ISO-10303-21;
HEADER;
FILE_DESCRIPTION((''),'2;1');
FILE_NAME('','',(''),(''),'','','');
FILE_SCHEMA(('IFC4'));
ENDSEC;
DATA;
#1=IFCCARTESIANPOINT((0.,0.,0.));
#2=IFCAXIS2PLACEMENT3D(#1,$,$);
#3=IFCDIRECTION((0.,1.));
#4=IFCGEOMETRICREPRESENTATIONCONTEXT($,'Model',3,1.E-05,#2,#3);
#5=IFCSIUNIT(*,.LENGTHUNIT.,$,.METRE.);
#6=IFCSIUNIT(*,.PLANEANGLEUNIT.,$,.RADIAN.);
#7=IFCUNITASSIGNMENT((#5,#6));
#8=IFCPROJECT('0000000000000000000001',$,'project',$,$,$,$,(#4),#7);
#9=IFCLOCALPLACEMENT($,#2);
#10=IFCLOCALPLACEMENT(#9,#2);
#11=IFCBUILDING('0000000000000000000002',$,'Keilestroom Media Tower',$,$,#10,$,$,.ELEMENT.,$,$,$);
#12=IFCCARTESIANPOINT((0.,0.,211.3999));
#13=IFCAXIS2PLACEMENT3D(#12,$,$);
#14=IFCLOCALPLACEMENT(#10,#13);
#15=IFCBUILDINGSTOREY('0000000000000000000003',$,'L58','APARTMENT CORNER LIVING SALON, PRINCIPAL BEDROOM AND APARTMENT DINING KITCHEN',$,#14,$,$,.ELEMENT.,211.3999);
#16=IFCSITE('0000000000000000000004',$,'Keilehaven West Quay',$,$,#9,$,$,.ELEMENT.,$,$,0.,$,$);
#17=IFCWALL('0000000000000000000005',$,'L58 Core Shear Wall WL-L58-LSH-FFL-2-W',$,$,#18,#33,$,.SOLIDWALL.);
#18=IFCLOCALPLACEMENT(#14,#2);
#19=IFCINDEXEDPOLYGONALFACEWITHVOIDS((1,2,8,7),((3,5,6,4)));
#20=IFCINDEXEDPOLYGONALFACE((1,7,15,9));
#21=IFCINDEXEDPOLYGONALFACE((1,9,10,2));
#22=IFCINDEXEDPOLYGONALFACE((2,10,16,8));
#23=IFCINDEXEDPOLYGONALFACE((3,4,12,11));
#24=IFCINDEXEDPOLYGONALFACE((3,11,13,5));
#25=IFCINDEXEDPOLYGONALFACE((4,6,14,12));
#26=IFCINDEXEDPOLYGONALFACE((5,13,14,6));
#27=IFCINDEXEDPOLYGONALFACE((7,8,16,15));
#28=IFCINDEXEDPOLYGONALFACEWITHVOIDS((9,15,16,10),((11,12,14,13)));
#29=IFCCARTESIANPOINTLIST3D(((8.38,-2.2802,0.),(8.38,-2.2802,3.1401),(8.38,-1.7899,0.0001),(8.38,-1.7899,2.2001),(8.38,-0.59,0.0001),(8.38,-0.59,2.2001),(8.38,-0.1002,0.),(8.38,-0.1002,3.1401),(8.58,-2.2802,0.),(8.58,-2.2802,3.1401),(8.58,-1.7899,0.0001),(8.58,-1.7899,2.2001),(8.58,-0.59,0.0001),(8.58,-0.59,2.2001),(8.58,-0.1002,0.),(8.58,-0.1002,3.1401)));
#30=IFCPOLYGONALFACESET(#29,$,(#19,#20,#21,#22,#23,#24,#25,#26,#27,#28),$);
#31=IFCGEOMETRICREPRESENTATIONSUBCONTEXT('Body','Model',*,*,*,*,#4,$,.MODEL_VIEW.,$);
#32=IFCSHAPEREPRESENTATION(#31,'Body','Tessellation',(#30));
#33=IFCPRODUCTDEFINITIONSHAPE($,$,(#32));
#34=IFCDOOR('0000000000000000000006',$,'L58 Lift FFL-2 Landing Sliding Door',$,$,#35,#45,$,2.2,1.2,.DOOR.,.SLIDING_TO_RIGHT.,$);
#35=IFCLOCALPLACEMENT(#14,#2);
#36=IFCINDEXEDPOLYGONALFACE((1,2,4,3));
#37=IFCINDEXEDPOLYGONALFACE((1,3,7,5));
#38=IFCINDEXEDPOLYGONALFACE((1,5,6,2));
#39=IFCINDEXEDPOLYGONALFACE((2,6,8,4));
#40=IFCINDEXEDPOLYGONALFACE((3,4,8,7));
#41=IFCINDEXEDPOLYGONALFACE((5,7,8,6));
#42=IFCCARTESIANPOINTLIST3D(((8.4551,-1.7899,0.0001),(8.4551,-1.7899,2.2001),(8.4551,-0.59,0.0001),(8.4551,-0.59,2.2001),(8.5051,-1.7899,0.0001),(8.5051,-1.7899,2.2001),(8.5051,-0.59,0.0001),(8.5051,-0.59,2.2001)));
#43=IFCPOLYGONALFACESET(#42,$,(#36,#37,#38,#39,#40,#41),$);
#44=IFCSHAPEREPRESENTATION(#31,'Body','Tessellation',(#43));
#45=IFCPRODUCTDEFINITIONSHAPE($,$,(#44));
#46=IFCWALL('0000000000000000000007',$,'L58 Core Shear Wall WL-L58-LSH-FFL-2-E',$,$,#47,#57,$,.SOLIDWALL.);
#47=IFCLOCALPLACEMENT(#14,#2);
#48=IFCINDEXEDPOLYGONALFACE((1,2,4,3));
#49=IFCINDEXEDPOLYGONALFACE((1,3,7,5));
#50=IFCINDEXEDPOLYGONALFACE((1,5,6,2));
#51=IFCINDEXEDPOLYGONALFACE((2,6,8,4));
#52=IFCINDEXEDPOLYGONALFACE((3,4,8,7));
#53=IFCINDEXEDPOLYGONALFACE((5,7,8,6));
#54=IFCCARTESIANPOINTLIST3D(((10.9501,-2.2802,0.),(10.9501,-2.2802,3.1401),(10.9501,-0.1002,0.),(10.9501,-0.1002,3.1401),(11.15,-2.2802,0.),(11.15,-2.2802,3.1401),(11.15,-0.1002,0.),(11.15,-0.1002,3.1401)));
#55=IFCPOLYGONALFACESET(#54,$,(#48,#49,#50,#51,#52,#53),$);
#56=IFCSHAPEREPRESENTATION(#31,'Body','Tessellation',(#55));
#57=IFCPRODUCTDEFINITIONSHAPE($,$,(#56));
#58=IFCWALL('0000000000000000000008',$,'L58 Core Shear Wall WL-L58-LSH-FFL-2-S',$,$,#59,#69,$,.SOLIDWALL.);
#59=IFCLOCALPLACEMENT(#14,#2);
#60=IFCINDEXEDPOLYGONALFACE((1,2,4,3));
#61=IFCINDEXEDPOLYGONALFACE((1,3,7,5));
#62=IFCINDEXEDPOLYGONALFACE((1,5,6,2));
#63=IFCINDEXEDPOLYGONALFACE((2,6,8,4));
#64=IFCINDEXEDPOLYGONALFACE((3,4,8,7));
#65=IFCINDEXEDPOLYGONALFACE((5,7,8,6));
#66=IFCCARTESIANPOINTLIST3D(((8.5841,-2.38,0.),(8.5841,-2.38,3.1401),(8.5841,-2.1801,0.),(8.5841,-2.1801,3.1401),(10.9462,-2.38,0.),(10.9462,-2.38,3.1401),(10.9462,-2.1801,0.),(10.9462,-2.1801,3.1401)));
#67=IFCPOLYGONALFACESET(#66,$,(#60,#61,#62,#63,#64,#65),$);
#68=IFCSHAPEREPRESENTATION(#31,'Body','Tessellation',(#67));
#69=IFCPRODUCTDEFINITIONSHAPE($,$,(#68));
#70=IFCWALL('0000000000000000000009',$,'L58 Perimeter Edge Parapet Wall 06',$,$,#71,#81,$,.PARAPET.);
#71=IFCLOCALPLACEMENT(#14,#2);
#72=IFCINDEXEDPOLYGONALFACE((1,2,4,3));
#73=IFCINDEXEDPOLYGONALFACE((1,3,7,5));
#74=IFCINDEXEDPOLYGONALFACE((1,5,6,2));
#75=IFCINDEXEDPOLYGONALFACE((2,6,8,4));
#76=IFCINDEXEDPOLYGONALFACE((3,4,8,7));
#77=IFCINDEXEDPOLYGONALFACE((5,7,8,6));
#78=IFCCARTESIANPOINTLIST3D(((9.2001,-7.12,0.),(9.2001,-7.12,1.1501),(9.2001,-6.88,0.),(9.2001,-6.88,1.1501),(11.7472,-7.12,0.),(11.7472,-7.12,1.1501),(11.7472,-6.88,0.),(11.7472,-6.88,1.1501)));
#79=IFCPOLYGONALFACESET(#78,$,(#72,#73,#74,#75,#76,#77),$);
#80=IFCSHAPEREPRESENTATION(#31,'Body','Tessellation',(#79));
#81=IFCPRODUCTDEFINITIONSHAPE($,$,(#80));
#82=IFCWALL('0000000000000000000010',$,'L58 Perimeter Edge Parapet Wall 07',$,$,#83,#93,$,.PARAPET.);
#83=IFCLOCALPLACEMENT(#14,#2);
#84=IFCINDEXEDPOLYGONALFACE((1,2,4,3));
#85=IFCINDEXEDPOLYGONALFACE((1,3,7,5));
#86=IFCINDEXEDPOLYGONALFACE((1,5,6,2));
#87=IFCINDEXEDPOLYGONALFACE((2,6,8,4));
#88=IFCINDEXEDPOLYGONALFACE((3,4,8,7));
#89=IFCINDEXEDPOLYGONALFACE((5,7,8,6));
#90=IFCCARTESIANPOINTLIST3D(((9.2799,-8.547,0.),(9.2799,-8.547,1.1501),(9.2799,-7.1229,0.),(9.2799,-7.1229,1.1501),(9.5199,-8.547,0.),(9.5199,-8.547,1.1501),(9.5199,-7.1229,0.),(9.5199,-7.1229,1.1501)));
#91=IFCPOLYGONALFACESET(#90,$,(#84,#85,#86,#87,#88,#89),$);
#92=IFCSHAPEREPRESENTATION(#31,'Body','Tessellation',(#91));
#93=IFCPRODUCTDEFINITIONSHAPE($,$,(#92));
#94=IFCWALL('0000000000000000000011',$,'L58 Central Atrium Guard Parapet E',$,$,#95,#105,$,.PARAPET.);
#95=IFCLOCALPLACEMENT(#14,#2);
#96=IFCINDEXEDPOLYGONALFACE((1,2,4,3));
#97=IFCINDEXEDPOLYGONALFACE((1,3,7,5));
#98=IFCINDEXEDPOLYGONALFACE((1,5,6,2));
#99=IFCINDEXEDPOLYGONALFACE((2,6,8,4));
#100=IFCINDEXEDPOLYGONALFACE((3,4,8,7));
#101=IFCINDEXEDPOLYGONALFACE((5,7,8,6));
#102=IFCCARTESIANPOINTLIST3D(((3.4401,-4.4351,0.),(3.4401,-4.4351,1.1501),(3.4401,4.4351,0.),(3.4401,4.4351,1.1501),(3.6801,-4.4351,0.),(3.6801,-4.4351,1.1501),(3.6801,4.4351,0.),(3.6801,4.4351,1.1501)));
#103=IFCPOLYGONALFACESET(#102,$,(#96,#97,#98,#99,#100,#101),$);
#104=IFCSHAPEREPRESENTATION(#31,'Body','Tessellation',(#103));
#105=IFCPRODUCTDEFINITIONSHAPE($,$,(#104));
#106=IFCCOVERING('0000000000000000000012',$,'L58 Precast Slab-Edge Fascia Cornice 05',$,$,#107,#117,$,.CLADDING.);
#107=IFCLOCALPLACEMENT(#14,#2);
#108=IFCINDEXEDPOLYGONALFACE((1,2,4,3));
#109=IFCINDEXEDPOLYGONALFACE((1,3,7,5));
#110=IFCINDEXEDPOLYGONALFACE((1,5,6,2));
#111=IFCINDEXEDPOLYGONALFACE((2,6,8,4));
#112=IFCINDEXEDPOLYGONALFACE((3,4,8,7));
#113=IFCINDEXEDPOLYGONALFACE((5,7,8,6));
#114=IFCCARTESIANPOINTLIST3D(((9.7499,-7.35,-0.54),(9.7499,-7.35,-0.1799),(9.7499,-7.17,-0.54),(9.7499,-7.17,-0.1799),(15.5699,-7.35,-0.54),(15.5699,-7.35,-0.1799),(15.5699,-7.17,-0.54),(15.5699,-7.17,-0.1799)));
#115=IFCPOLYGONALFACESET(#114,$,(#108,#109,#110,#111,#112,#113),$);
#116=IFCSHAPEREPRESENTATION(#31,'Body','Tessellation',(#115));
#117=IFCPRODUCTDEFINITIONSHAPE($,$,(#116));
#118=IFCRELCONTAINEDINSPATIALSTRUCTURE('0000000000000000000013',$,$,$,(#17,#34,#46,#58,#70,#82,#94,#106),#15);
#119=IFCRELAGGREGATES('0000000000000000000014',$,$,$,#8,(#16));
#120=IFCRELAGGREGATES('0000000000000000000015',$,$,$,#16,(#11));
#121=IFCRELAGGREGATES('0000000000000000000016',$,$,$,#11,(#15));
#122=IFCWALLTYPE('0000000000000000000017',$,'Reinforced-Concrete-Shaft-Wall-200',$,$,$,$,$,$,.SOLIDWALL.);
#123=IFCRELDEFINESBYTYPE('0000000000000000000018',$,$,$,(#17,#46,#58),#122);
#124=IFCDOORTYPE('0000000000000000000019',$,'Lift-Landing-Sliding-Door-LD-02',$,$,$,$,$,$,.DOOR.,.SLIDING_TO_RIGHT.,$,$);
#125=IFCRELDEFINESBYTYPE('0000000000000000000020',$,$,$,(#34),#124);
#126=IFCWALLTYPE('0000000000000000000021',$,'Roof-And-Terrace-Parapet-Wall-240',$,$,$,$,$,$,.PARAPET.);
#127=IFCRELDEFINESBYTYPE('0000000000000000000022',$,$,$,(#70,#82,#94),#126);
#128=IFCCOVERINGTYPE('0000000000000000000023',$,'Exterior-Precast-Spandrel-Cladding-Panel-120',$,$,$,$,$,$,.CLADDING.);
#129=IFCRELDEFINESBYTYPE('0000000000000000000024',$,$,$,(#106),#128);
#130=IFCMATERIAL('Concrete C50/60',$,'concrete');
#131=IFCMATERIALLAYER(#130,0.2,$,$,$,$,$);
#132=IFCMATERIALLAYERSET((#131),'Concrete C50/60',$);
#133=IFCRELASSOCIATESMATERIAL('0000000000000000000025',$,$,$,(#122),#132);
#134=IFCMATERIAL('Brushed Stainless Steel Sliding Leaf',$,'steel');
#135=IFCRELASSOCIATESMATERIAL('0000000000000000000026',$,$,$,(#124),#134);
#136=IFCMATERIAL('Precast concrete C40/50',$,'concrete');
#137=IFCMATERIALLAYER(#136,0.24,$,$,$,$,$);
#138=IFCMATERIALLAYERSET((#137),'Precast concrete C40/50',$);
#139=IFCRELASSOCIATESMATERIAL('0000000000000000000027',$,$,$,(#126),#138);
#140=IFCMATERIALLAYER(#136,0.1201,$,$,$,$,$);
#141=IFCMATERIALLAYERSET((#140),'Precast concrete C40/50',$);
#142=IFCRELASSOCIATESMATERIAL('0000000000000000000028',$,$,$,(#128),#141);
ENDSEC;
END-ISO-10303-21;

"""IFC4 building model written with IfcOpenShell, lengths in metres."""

from ifc_helpers import new_model, si_unit, direction, frame, frame_2d, origin, origin_2d, place, context, subcontext, project, spatial, rectangle, extrude, source, transform, mapped, material, layer, layer_set, type_object, element, fill, save


model = new_model("IFC4")

# Units and contexts
model_context = context("Model", 3, precision=1e-05, world=origin(), true_north=direction((0.0, 1.0)))
body_context = subcontext(model_context, "Body", "Model", "MODEL_VIEW")
ifc_project = project(units=[si_unit("LENGTHUNIT", "METRE"), si_unit("PLANEANGLEUNIT", "RADIAN")], contexts=[model_context])

# Site, building, storey
site_placement = place(None, origin())
site = spatial("IfcSite", under=ifc_project, at=site_placement, Name="Keilehaven West Quay", CompositionType="ELEMENT", RefElevation=0.0)
building_placement = place(site_placement, origin())
building = spatial("IfcBuilding", under=site, at=building_placement, Name="Keilestroom Media Tower", CompositionType="ELEMENT")
storey_placement = place(building_placement, frame((0.0, 0.0, 211.3999)))
storey = spatial("IfcBuildingStorey", under=building, at=storey_placement, Name="L58", Description="APARTMENT CORNER LIVING SALON, PRINCIPAL BEDROOM AND APARTMENT DINING KITCHEN", CompositionType="ELEMENT", Elevation=211.3999)

# Shared definitions
ifc_material_1 = material(Name="Precast concrete C40/50", Category="concrete")

# Shared definitions
shared_shape_1 = source(origin(), body_context, "Body", "SweptSolid", [
    extrude(rectangle(XDim=1.2, YDim=2.2, at=frame_2d((0.6001, 1.1001))), frame((0.0, 0.0249, 0.0), z_axis=(0.0, -1.0, 0.0), x_axis=(1.0, 0.0, 0.0)), (0.0, 0.0, 1.0), 0.05),
])

# Shared definitions
ifc_material_2 = material(Name="Concrete C50/60", Category="concrete")
ifc_layer_1 = layer(ifc_material_2, 0.2)
ifc_layer_set_1 = layer_set([ifc_layer_1], Name="Concrete C50/60")
wall_type_1 = type_object("IfcWallType", Name="Reinforced-Concrete-Shaft-Wall-200", PredefinedType="SOLIDWALL", material=ifc_layer_set_1)

# Wall, opening, door
wall_1_placement = place(storey_placement, frame((8.48, -2.28, 0.0), z_axis=(0.0, 0.0, 1.0), x_axis=(0.0, 1.0, 0.0)))
wall_1 = element("IfcWall", 1, at=wall_1_placement, inside=storey, type_object=wall_type_1, Name="L58 Core Shear Wall WL-L58-LSH-FFL-2-W", PredefinedType="SOLIDWALL", context=body_context, shape_type="SweptSolid", body=[
    extrude(rectangle(XDim=2.1799, YDim=0.2, at=frame_2d((1.0898, 0.0))), origin(), (0.0, 0.0, 1.0), 3.1401),
])
opening_1_placement = place(wall_1_placement, frame((0.49, 0.0, 0.0)))
opening_1 = element("IfcOpeningElement", 2, at=opening_1_placement, cuts=wall_1, PredefinedType="OPENING", context=body_context, shape_type="SweptSolid", body=[
    extrude(rectangle(XDim=1.2, YDim=2.2, at=frame_2d((0.6001, 1.1001))), frame((0.0, 0.1099, 0.0), z_axis=(0.0, -1.0, 0.0), x_axis=(1.0, 0.0, 0.0)), (0.0, 0.0, 1.0), 0.22),
])
ifc_material_3 = material(Name="Brushed Stainless Steel Sliding Leaf", Category="steel")
door_type_1 = type_object("IfcDoorType", Name="Lift-Landing-Sliding-Door-LD-02", OperationType="SLIDING_TO_RIGHT", PredefinedType="DOOR", material=ifc_material_3)
door_1_placement = place(opening_1_placement, origin())
door_1 = element("IfcDoor", 3, at=door_1_placement, inside=storey, type_object=door_type_1, Name="L58 Lift FFL-2 Landing Sliding Door", OperationType="SLIDING_TO_RIGHT", OverallHeight=2.2, OverallWidth=1.2, PredefinedType="DOOR", context=body_context, shape_type="MappedRepresentation", body=[
    mapped(shared_shape_1, transform((0.0, 0.0, 0.0), x_axis=(1.0, 0.0, 0.0), y_axis=(0.0, 1.0, 0.0), z_axis=(0.0, 0.0, 1.0), scale=1.0)),
])
fill(opening_1, door_1)

# Walls
wall_2_placement = place(storey_placement, frame((11.05, -2.28, 0.0), z_axis=(0.0, 0.0, 1.0), x_axis=(0.0, 1.0, 0.0)))
element("IfcWall", 4, at=wall_2_placement, inside=storey, type_object=wall_type_1, Name="L58 Core Shear Wall WL-L58-LSH-FFL-2-E", PredefinedType="SOLIDWALL", context=body_context, shape_type="SweptSolid", body=[
    extrude(rectangle(XDim=2.1799, YDim=0.2, at=frame_2d((1.0898, 0.0))), origin(), (0.0, 0.0, 1.0), 3.1401),
])
wall_3_placement = place(storey_placement, frame((8.584, -2.28, 0.0), z_axis=(0.0, 0.0, 1.0), x_axis=(1.0, 0.0, 0.0)))
element("IfcWall", 5, at=wall_3_placement, inside=storey, type_object=wall_type_1, Name="L58 Core Shear Wall WL-L58-LSH-FFL-2-S", PredefinedType="SOLIDWALL", context=body_context, shape_type="SweptSolid", body=[
    extrude(rectangle(XDim=2.3621, YDim=0.2, at=frame_2d((1.1812, 0.0))), origin(), (0.0, 0.0, 1.0), 3.1401),
])
ifc_layer_2 = layer(ifc_material_1, 0.24)
ifc_layer_set_2 = layer_set([ifc_layer_2], Name="Precast concrete C40/50")
wall_type_2 = type_object("IfcWallType", Name="Roof-And-Terrace-Parapet-Wall-240", PredefinedType="PARAPET", material=ifc_layer_set_2)
wall_4_placement = place(storey_placement, frame((11.7471, -7.0, 0.0), z_axis=(0.0, 0.0, 1.0), x_axis=(-1.0, 0.0, 0.0)))
element("IfcWall", 6, at=wall_4_placement, inside=storey, type_object=wall_type_2, Name="L58 Perimeter Edge Parapet Wall 06", PredefinedType="PARAPET", context=body_context, shape_type="SweptSolid", body=[
    extrude(rectangle(XDim=2.5471, YDim=0.24, at=frame_2d((1.2734, 0.0))), origin(), (0.0, 0.0, 1.0), 1.1501),
])
wall_5_placement = place(storey_placement, frame((9.3999, -7.123, 0.0), z_axis=(0.0, 0.0, 1.0), x_axis=(0.0, -1.0, 0.0)))
element("IfcWall", 7, at=wall_5_placement, inside=storey, type_object=wall_type_2, Name="L58 Perimeter Edge Parapet Wall 07", PredefinedType="PARAPET", context=body_context, shape_type="SweptSolid", body=[
    extrude(rectangle(XDim=1.4241, YDim=0.24, at=frame_2d((0.7119, 0.0))), origin(), (0.0, 0.0, 1.0), 1.1501),
])
wall_6_placement = place(storey_placement, frame((3.5601, -4.4351, 0.0), z_axis=(0.0, 0.0, 1.0), x_axis=(0.0, 1.0, 0.0)))
element("IfcWall", 8, at=wall_6_placement, inside=storey, type_object=wall_type_2, Name="L58 Central Atrium Guard Parapet E", PredefinedType="PARAPET", context=body_context, shape_type="SweptSolid", body=[
    extrude(rectangle(XDim=8.8701, YDim=0.24, at=frame_2d((4.4351, 0.0))), origin(), (0.0, 0.0, 1.0), 1.1501),
])

# Covering
ifc_layer_3 = layer(ifc_material_1, 0.1201)
ifc_layer_set_3 = layer_set([ifc_layer_3], Name="Precast concrete C40/50")
covering_type = type_object("IfcCoveringType", Name="Exterior-Precast-Spandrel-Cladding-Panel-120", PredefinedType="CLADDING", material=ifc_layer_set_3)
shared_shape_2 = source(origin(), body_context, "Body", "SweptSolid", [
    extrude(rectangle(XDim=5.8201, YDim=0.1799, at=origin_2d()), origin(), (0.0, 0.0, 1.0), 0.3601),
])
covering_placement = place(storey_placement, frame((12.6599, -7.26, -0.54), z_axis=(0.0, 0.0, 1.0), x_axis=(-1.0, 0.0, 0.0)))
element("IfcCovering", 9, at=covering_placement, inside=storey, type_object=covering_type, Name="L58 Precast Slab-Edge Fascia Cornice 05", PredefinedType="CLADDING", context=body_context, shape_type="MappedRepresentation", body=[
    mapped(shared_shape_2, transform((0.0, 0.0, 0.0), x_axis=(1.0, 0.0, 0.0), y_axis=(0.0, 1.0, 0.0), z_axis=(0.0, 0.0, 1.0), scale=1.0)),
])

save(model, "model.ifc")
